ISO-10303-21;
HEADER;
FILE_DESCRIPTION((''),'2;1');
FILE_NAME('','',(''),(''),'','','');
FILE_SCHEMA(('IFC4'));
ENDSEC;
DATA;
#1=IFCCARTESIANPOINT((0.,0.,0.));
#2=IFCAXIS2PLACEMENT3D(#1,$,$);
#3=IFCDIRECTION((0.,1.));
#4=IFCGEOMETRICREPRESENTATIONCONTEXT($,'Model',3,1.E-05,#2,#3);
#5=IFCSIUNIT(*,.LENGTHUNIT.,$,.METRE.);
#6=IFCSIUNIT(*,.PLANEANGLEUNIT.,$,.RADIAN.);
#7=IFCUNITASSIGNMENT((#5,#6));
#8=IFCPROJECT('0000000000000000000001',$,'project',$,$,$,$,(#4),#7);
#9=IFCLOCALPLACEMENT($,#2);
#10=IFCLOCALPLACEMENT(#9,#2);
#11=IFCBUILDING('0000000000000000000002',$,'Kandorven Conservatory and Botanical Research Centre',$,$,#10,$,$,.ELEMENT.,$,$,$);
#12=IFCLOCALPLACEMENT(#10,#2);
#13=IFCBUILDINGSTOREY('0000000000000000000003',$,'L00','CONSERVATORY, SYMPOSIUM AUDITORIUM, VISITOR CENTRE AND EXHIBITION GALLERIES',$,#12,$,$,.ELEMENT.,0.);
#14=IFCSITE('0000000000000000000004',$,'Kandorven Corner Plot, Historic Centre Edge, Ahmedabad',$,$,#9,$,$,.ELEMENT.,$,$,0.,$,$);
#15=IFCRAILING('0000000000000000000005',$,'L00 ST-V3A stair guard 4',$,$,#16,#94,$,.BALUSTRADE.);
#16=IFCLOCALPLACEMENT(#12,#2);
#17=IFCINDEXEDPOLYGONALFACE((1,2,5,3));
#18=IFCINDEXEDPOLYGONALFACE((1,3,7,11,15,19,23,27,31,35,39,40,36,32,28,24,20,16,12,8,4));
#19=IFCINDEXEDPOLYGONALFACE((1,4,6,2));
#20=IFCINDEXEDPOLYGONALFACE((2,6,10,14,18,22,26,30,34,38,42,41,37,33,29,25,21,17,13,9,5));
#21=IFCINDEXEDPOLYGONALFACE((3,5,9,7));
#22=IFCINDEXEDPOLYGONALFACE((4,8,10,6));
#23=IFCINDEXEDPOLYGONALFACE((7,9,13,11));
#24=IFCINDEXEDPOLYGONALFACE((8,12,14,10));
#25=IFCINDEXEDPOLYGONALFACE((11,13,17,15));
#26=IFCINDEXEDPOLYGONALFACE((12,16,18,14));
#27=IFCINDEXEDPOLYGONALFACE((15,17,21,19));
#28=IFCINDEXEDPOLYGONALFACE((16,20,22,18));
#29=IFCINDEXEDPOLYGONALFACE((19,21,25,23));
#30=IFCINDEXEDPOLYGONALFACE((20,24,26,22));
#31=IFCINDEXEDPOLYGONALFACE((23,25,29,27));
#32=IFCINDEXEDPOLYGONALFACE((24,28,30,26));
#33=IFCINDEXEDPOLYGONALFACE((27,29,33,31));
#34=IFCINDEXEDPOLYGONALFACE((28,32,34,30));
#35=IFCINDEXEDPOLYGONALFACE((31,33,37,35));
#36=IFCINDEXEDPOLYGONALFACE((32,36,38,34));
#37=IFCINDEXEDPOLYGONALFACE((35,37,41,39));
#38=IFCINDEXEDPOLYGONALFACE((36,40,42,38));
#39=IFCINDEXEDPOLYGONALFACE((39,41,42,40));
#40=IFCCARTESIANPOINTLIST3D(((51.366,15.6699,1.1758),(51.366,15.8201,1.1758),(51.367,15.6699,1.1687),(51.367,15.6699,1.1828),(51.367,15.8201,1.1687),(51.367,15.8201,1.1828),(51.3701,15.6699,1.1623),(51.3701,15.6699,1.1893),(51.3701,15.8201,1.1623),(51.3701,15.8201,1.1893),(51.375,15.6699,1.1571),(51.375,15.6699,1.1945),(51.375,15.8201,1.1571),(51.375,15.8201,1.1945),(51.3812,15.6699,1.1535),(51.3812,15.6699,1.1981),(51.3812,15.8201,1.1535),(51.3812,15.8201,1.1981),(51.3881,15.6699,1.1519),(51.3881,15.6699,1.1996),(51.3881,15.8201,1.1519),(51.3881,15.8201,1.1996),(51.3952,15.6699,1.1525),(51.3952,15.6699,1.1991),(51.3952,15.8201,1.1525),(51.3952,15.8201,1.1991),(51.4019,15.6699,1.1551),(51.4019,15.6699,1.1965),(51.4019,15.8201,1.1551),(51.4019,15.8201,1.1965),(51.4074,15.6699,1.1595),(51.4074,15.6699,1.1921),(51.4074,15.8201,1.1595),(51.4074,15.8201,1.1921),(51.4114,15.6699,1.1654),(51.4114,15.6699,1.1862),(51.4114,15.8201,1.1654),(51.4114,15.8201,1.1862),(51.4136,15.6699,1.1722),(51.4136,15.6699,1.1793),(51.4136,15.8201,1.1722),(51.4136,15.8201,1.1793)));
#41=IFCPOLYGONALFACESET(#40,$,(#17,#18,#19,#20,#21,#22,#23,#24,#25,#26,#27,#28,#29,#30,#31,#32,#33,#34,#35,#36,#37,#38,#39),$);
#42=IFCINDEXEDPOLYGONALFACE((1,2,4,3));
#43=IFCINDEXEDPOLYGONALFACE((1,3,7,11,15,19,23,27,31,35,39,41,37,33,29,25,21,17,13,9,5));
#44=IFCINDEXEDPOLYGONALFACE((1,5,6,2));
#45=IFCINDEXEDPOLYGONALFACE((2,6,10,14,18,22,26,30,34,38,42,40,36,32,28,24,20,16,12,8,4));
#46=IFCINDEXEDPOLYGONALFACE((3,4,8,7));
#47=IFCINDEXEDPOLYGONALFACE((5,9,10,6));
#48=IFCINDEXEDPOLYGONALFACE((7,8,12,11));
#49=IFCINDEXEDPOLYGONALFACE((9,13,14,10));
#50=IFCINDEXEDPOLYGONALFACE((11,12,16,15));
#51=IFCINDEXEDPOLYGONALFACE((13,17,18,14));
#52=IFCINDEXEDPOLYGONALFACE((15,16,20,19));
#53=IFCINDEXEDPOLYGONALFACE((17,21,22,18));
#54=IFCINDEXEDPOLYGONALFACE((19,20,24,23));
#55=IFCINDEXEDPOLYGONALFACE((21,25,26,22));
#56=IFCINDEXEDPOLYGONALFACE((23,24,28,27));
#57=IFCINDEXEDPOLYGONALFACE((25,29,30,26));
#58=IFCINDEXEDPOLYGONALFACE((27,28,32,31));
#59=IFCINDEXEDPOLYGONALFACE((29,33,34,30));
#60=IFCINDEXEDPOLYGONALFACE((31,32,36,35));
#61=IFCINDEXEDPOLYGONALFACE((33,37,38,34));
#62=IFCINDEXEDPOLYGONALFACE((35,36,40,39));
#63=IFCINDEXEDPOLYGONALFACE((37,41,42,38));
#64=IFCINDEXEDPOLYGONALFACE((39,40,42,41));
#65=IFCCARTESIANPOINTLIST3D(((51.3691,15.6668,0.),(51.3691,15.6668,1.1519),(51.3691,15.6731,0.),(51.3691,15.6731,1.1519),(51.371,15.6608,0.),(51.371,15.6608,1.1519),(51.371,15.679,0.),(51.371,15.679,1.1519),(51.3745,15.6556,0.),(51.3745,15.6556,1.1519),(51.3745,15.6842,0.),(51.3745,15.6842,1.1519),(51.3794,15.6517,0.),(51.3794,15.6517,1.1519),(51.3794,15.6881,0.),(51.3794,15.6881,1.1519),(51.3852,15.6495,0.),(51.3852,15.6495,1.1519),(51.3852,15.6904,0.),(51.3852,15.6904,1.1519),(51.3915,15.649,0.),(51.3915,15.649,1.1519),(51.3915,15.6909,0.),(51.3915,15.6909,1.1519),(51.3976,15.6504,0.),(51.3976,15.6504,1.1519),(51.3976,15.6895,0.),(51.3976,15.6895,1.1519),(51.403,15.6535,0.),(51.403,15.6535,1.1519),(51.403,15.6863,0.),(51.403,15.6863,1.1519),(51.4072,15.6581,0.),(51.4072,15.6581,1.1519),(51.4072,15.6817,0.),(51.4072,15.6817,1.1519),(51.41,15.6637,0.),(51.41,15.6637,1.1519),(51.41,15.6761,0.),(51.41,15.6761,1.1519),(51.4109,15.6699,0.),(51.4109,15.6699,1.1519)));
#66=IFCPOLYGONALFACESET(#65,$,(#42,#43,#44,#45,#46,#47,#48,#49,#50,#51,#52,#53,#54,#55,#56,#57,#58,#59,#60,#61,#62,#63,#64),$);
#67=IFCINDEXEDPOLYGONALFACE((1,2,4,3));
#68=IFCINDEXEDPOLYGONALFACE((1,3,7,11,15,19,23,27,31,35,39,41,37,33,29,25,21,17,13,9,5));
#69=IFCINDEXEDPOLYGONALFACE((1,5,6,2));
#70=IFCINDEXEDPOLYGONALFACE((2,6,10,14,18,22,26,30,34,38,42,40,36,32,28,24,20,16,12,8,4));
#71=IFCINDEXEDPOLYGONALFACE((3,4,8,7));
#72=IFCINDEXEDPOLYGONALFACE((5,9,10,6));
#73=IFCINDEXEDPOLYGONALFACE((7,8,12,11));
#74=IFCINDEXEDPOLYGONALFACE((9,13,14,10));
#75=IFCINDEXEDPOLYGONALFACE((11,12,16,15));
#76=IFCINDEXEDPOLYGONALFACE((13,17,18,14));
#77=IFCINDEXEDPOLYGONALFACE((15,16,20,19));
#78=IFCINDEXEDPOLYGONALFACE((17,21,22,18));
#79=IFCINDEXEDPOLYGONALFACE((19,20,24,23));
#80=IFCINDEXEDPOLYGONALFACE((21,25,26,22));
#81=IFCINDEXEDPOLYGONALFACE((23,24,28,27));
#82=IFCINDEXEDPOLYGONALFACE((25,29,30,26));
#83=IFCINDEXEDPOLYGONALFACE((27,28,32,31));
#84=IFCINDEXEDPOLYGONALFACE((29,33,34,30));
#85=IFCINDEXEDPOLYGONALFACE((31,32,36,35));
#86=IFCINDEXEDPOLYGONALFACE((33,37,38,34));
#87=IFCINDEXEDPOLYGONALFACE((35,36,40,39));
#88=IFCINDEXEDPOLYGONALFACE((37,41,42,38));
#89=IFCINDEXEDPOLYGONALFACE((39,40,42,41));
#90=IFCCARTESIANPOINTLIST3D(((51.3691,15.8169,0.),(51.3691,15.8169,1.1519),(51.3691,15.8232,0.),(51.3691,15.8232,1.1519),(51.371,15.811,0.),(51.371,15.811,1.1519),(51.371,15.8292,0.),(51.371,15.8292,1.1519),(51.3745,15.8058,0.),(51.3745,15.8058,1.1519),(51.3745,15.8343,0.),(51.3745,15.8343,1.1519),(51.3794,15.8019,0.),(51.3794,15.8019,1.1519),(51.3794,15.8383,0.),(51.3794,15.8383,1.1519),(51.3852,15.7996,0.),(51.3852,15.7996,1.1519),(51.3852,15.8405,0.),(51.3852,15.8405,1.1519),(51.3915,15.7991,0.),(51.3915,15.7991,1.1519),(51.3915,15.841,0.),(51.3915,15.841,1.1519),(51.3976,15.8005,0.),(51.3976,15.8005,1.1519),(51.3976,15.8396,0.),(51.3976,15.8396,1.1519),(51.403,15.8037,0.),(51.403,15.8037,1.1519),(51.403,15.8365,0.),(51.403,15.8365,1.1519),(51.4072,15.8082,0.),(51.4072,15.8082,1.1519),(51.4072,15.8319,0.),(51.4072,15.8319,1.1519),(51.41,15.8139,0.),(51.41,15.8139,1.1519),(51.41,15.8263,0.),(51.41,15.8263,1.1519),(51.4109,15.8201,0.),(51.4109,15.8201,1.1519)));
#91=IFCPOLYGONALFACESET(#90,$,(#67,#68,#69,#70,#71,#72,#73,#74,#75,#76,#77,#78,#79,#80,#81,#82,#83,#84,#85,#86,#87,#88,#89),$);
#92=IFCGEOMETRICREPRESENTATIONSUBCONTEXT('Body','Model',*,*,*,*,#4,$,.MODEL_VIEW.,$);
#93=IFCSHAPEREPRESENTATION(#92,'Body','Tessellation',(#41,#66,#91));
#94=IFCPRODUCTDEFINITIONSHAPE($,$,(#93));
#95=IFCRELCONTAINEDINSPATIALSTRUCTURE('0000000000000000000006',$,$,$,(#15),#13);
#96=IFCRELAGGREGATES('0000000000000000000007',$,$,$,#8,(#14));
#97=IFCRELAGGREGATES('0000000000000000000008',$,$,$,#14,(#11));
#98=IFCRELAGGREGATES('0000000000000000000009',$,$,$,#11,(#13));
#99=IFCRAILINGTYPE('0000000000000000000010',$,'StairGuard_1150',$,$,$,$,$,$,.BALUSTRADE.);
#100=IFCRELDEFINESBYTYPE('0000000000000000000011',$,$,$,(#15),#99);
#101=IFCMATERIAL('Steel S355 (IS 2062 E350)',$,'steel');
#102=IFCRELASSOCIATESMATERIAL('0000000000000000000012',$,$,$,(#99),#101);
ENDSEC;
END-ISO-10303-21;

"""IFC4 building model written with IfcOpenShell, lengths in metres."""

from ifc_helpers import new_model, si_unit, direction, frame, origin, origin_2d, place, context, subcontext, project, spatial, circle, extrude, material, type_object, element, save


model = new_model("IFC4")

# Units and contexts
model_context = context("Model", 3, precision=1e-05, world=origin(), true_north=direction((0.0, 1.0)))
body_context = subcontext(model_context, "Body", "Model", "MODEL_VIEW")
ifc_project = project(units=[si_unit("LENGTHUNIT", "METRE"), si_unit("PLANEANGLEUNIT", "RADIAN")], contexts=[model_context])

# Site, building, storey
site_placement = place(None, origin())
site = spatial("IfcSite", under=ifc_project, at=site_placement, Name="Kandorven Corner Plot, Historic Centre Edge, Ahmedabad", CompositionType="ELEMENT", RefElevation=0.0)
building_placement = place(site_placement, origin())
building = spatial("IfcBuilding", under=site, at=building_placement, Name="Kandorven Conservatory and Botanical Research Centre", CompositionType="ELEMENT")
storey_placement = place(building_placement, origin())
storey = spatial("IfcBuildingStorey", under=building, at=storey_placement, Name="L00", Description="CONSERVATORY, SYMPOSIUM AUDITORIUM, VISITOR CENTRE AND EXHIBITION GALLERIES", CompositionType="ELEMENT", Elevation=0.0)

# Railing
ifc_material_1 = material(Name="Steel S355 (IS 2062 E350)", Category="steel")
railing_type_1 = type_object("IfcRailingType", Name="StairGuard_1150", PredefinedType="BALUSTRADE", material=ifc_material_1)
railing_1_placement = place(storey_placement, frame((51.3899, 15.6699, 0.0)))
element("IfcRailing", 1, at=railing_1_placement, inside=storey, type_object=railing_type_1, Name="L00 ST-V3A stair guard 4", PredefinedType="BALUSTRADE", context=body_context, shape_type="SweptSolid", body=[
    extrude(circle(Radius=0.0239, at=origin_2d()), frame((0.0, 0.0, 1.1758), z_axis=(0.0, 1.0, 0.0), x_axis=(-1.0, 0.0, 0.0)), (0.0, 0.0, 1.0), 0.1501),
    extrude(circle(Radius=0.021, at=origin_2d()), origin(), (0.0, 0.0, 1.0), 1.1519),
    extrude(circle(Radius=0.021, at=origin_2d()), frame((0.0, 0.1501, 0.0)), (0.0, 0.0, 1.0), 1.1519),
])

save(model, "model.ifc")
